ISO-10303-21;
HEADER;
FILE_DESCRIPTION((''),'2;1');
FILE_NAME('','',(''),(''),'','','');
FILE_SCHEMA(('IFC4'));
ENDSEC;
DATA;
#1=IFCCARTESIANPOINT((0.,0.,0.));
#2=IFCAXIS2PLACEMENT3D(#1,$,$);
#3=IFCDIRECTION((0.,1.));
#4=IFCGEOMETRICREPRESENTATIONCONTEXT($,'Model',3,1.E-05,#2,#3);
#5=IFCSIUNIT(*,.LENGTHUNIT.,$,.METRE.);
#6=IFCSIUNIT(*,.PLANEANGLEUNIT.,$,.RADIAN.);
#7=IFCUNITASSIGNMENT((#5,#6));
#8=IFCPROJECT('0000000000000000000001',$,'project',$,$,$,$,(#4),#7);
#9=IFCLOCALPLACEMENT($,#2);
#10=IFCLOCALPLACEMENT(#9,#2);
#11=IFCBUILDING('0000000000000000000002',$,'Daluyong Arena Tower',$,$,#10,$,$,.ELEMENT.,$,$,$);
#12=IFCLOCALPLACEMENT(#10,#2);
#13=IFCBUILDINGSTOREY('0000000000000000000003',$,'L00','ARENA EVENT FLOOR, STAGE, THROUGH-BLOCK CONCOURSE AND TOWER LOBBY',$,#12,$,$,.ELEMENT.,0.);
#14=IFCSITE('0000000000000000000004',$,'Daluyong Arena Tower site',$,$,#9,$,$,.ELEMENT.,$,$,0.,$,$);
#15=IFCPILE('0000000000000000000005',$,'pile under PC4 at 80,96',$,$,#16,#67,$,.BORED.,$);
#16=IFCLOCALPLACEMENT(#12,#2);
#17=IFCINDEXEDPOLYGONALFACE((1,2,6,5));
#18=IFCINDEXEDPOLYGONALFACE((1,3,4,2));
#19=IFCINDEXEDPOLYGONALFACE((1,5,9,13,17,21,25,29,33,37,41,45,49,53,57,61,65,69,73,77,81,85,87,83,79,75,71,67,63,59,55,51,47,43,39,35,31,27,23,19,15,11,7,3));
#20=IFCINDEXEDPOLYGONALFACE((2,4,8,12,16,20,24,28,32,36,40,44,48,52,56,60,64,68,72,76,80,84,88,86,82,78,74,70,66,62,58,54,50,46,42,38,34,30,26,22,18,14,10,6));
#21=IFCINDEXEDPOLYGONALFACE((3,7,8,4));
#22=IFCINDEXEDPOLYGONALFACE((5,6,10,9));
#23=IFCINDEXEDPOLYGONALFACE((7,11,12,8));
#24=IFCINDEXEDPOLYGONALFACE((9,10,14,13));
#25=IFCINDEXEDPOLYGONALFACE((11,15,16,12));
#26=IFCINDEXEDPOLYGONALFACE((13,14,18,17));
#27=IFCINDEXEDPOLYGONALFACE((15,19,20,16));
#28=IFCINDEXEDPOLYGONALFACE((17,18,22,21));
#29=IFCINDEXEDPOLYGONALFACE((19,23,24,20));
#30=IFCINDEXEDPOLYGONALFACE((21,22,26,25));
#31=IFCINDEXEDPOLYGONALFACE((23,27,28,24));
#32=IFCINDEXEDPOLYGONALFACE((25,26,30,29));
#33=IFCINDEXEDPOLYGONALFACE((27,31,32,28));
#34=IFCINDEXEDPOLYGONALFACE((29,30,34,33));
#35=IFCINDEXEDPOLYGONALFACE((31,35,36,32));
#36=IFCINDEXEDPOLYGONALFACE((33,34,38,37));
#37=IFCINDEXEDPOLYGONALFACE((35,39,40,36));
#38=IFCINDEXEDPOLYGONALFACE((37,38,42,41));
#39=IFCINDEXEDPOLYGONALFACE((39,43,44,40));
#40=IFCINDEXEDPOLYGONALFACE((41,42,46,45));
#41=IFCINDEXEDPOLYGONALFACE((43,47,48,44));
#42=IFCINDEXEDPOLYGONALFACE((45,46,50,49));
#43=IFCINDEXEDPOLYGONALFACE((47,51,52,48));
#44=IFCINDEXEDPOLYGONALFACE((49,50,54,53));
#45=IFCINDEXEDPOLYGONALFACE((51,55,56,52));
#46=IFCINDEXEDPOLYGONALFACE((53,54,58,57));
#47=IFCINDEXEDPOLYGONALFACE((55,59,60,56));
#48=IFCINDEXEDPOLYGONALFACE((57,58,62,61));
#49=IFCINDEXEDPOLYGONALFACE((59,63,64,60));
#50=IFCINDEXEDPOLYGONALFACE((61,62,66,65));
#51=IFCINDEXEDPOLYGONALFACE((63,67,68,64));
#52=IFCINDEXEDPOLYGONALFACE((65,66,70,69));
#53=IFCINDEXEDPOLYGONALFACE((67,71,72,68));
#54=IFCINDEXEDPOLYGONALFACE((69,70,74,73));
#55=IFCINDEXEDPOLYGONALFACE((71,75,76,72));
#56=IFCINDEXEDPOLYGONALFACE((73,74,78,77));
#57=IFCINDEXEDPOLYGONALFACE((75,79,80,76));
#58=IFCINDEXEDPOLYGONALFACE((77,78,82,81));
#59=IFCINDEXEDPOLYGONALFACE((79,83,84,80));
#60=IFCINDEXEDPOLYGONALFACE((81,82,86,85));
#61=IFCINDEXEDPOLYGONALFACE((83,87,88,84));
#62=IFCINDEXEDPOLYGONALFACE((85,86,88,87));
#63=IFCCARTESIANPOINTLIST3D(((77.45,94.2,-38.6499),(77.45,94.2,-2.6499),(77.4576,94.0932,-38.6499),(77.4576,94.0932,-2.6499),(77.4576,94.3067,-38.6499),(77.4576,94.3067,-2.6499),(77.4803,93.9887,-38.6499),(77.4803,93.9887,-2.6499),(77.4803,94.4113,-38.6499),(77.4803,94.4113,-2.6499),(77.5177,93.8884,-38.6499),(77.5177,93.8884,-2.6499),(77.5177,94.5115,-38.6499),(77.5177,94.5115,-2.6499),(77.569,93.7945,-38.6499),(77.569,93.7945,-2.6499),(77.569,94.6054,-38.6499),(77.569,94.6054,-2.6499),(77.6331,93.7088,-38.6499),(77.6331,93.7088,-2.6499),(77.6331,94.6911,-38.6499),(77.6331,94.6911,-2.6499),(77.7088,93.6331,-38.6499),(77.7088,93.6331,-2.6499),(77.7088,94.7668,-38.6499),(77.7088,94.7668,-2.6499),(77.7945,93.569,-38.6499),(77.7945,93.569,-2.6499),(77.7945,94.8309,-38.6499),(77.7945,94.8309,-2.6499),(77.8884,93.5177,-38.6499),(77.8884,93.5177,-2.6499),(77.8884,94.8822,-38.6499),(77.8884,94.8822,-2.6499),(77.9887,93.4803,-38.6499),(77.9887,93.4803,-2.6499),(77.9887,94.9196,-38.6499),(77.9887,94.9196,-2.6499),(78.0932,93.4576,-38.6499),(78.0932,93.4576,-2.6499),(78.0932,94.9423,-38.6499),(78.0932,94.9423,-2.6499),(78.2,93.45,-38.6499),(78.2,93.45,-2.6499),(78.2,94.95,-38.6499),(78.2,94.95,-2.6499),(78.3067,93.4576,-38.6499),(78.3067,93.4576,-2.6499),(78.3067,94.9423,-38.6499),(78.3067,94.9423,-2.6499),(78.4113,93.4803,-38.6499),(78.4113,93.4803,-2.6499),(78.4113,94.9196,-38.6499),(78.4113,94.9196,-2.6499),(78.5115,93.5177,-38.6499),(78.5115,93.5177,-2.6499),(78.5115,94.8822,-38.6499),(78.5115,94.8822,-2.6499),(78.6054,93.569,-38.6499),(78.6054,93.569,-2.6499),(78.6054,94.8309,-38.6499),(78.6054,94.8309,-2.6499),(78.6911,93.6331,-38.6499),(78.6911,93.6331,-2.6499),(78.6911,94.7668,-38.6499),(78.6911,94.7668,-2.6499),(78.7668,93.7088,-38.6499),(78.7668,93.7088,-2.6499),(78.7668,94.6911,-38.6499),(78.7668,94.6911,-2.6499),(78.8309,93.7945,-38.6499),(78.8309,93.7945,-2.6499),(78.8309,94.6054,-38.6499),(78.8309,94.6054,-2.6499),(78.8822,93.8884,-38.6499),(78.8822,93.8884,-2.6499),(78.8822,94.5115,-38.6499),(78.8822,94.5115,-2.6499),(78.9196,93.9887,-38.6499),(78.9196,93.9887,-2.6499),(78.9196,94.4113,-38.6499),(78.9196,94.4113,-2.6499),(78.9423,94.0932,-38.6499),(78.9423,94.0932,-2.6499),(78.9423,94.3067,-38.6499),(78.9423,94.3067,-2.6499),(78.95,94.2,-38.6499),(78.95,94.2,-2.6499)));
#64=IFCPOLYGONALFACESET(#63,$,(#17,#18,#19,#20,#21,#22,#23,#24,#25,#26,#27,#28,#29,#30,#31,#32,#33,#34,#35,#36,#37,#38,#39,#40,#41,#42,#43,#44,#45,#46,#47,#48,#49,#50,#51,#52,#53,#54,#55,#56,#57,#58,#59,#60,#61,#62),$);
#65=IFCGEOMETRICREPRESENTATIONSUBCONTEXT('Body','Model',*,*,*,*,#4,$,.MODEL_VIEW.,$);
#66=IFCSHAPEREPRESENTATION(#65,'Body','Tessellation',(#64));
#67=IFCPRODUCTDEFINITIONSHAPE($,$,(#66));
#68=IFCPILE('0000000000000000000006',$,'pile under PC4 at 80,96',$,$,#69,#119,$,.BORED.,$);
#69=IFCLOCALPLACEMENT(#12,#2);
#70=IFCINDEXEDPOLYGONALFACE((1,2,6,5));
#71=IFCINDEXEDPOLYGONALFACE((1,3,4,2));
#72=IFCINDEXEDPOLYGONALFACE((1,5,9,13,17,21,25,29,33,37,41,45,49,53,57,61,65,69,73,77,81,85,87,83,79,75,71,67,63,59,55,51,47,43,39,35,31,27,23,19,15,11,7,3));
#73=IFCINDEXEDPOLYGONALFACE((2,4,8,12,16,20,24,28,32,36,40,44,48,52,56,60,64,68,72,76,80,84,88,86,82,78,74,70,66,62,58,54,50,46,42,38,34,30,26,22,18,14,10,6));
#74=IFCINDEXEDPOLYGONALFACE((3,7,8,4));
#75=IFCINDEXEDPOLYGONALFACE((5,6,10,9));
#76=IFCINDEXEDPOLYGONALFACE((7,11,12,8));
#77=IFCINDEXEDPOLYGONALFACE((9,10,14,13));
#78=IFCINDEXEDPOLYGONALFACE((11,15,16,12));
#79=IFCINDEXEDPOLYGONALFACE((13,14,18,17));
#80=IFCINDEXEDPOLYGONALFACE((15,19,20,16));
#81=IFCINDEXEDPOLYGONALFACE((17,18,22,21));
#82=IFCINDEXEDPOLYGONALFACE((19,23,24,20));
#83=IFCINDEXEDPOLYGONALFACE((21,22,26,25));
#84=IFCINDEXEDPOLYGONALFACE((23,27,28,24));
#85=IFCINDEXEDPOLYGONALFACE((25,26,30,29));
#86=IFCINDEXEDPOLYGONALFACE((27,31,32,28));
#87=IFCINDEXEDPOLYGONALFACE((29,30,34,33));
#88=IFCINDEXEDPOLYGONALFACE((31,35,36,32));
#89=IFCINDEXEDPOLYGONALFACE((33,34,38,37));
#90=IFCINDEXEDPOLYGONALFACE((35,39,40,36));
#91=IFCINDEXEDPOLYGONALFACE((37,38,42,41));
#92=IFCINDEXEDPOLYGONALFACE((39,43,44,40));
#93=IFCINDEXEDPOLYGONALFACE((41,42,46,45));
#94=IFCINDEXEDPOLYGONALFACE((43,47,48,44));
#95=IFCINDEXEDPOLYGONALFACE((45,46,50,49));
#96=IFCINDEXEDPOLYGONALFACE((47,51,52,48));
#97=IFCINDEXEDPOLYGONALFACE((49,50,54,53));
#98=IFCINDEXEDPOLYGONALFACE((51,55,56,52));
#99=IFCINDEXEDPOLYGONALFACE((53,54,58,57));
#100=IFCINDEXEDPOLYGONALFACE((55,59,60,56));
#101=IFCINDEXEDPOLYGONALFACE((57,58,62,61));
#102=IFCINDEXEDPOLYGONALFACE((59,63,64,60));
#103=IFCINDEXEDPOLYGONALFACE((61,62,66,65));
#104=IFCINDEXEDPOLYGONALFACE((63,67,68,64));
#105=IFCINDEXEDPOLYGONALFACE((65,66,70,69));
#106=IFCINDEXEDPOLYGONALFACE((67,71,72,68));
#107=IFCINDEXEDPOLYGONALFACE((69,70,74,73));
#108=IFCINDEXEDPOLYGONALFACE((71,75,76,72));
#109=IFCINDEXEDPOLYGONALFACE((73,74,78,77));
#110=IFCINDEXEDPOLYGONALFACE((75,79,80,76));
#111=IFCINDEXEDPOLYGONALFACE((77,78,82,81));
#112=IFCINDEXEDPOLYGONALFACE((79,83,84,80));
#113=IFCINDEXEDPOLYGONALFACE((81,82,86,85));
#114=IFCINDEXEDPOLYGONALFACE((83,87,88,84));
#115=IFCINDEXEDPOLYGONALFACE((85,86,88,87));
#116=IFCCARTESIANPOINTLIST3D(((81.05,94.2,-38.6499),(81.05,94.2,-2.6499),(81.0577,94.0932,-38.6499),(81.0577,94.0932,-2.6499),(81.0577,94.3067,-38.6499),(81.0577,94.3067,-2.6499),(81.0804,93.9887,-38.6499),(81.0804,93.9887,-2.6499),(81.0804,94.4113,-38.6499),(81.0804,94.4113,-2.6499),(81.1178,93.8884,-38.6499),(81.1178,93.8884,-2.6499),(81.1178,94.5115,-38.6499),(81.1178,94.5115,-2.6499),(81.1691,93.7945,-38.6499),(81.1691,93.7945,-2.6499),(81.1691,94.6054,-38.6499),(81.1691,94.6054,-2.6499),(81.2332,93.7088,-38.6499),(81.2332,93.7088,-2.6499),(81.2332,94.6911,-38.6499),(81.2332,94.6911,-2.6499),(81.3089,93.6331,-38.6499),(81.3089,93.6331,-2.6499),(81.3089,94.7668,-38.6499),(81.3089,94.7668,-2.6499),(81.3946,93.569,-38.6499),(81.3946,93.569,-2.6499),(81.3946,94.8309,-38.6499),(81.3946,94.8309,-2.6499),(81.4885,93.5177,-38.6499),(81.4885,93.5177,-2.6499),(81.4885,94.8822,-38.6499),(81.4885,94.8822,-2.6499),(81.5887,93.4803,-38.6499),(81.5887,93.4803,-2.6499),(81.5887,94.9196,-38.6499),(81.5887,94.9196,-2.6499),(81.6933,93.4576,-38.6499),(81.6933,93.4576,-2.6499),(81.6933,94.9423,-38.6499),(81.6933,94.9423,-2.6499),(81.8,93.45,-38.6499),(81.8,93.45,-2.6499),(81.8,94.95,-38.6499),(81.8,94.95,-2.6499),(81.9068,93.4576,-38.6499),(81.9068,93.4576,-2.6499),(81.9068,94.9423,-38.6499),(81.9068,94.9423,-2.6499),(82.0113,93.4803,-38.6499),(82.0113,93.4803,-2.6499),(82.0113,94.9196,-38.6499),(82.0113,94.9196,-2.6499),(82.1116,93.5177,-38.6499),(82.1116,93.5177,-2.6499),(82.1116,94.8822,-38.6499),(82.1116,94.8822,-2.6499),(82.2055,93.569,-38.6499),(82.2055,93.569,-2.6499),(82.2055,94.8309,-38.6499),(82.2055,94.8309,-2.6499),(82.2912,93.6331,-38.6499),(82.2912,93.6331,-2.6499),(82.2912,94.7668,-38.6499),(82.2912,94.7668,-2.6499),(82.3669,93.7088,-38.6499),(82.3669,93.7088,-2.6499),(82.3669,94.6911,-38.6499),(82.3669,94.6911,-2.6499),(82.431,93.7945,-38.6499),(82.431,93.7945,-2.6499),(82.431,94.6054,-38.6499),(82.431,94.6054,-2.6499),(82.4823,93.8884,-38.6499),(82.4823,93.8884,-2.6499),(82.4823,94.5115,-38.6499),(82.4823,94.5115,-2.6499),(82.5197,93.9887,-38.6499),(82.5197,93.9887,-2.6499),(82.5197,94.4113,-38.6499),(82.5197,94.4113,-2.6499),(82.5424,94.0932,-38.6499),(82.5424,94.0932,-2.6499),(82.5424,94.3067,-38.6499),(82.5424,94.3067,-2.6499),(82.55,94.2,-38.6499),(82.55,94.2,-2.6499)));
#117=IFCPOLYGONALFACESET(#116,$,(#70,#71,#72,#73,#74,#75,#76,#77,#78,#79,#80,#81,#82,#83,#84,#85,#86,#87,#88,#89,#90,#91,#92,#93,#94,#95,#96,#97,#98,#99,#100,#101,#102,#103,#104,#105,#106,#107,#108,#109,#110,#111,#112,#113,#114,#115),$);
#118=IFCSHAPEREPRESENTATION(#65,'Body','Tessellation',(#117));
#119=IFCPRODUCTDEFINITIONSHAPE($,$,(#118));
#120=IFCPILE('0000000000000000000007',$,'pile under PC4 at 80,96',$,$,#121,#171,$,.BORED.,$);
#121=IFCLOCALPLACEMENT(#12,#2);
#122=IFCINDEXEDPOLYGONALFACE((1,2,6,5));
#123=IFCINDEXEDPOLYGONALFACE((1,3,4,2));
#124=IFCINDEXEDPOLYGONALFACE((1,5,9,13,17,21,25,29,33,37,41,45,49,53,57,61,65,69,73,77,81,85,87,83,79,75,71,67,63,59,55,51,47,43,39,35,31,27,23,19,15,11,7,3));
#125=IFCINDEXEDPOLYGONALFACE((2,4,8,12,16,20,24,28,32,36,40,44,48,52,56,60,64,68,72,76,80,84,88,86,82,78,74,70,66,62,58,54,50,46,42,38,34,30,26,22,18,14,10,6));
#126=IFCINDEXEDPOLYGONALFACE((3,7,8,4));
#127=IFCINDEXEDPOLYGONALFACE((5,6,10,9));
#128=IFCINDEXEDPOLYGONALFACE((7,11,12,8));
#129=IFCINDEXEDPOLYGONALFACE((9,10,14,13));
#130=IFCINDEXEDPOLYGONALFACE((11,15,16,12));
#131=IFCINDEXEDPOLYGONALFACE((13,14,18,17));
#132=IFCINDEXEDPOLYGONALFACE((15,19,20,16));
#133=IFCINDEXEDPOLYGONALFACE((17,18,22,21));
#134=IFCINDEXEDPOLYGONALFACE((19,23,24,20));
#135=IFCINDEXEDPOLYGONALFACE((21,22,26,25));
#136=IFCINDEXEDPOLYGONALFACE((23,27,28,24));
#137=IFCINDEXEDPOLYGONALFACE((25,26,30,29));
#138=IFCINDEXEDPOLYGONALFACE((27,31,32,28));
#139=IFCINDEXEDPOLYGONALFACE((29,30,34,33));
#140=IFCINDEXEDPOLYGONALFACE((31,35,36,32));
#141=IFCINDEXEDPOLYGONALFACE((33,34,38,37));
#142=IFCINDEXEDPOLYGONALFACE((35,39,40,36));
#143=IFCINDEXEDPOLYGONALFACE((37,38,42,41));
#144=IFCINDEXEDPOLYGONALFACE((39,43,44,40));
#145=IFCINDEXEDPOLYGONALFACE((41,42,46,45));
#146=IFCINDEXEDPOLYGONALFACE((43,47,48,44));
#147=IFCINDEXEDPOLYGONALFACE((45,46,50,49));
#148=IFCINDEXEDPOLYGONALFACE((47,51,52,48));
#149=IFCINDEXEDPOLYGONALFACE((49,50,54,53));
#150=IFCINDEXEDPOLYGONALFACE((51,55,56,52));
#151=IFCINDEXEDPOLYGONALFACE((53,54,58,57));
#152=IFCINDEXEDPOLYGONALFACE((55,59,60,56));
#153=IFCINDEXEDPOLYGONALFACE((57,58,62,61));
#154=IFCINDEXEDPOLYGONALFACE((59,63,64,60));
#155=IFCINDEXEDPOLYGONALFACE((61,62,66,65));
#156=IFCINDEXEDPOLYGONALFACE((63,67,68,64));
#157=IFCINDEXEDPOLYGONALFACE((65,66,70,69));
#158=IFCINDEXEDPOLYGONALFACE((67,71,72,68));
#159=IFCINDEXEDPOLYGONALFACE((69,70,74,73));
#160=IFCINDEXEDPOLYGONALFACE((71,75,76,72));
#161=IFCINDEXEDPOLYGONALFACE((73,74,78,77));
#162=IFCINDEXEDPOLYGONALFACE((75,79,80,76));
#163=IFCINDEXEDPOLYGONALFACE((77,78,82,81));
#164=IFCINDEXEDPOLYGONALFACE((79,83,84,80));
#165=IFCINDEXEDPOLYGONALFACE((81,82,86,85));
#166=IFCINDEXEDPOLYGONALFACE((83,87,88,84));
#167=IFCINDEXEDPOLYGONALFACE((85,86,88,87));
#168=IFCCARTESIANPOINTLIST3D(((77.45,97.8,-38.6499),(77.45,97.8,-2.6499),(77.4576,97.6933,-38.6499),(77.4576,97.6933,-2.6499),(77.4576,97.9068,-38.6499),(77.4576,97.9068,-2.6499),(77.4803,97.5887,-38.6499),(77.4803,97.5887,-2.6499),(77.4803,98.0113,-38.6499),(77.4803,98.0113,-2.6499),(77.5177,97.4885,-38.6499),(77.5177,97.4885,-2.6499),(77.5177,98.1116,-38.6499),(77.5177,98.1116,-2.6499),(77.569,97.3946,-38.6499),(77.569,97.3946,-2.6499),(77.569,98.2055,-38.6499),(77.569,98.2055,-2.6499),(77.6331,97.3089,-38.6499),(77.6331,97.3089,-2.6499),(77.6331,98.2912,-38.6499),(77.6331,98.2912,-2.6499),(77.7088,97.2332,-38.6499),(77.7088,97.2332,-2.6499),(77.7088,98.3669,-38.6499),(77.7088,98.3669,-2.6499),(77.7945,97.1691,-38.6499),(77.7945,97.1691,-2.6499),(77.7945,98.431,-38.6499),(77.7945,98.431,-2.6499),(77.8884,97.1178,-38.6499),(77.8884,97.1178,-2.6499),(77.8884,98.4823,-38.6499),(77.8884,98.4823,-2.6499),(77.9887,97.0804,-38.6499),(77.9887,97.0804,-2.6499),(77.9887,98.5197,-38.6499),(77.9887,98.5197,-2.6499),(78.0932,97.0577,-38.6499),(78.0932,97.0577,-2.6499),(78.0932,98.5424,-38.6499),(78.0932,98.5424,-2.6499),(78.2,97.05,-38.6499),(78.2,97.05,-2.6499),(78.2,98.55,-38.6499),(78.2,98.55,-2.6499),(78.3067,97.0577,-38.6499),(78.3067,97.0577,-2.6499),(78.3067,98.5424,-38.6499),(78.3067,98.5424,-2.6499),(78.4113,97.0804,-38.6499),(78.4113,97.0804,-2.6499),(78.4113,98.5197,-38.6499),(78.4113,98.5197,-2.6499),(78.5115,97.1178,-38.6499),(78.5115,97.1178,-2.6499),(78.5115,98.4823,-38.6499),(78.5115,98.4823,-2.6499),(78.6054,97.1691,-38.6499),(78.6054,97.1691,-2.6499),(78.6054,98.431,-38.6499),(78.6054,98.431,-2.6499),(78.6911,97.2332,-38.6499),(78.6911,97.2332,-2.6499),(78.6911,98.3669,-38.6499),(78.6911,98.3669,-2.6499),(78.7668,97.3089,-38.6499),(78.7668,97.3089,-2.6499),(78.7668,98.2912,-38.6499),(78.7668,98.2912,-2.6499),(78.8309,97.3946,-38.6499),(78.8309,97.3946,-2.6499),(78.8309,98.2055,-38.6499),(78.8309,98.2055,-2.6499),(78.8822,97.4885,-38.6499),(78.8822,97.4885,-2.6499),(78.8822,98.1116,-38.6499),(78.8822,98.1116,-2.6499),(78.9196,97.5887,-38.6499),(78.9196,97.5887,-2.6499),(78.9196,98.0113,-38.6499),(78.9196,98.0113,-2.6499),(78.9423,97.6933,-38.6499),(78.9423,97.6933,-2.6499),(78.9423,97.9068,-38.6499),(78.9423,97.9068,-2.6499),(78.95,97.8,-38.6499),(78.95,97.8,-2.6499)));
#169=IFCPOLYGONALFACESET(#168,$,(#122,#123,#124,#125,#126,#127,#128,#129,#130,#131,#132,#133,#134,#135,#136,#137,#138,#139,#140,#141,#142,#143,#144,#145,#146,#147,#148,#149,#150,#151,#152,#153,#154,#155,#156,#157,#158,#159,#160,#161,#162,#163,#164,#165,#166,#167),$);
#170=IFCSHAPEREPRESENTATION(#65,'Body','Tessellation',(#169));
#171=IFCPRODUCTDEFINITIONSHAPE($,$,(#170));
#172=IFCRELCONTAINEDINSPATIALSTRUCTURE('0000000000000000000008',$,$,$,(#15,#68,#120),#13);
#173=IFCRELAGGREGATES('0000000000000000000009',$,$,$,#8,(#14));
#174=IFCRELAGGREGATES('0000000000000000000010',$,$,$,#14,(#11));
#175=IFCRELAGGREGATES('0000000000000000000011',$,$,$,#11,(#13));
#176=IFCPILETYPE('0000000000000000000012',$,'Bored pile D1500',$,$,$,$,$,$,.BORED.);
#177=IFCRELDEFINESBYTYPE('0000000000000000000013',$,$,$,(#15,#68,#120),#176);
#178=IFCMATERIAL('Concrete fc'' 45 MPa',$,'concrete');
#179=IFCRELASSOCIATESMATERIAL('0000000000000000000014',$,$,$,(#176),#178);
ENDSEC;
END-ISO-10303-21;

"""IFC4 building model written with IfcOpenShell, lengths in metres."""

from ifc_helpers import new_model, si_unit, direction, frame, origin, origin_2d, place, context, subcontext, project, spatial, circle, extrude, material, type_object, element, save


model = new_model("IFC4")

# Units and contexts
model_context = context("Model", 3, precision=1e-05, world=origin(), true_north=direction((0.0, 1.0)))
body_context = subcontext(model_context, "Body", "Model", "MODEL_VIEW")
ifc_project = project(units=[si_unit("LENGTHUNIT", "METRE"), si_unit("PLANEANGLEUNIT", "RADIAN")], contexts=[model_context])

# Site, building, storey
site_placement = place(None, origin())
site = spatial("IfcSite", under=ifc_project, at=site_placement, Name="Daluyong Arena Tower site", CompositionType="ELEMENT", RefElevation=0.0)
building_placement = place(site_placement, origin())
building = spatial("IfcBuilding", under=site, at=building_placement, Name="Daluyong Arena Tower", CompositionType="ELEMENT")
storey_placement = place(building_placement, origin())
storey = spatial("IfcBuildingStorey", under=building, at=storey_placement, Name="L00", Description="ARENA EVENT FLOOR, STAGE, THROUGH-BLOCK CONCOURSE AND TOWER LOBBY", CompositionType="ELEMENT", Elevation=0.0)

# Piles
ifc_material_1 = material(Name="Concrete fc' 45 MPa", Category="concrete")
pile_type_1 = type_object("IfcPileType", Name="Bored pile D1500", PredefinedType="BORED", material=ifc_material_1)
for number, where, z_axis, x_axis, name in (
    (1, (78.2, 94.2, -2.6499), (0.0, 0.0, -1.0), (1.0, 0.0, 0.0), "pile under PC4 at 80,96"),
    (2, (81.8, 94.2, -2.6499), (0.0, 0.0, -1.0), (1.0, 0.0, 0.0), "pile under PC4 at 80,96"),
    (3, (78.2, 97.8, -2.6499), (0.0, 0.0, -1.0), (1.0, 0.0, 0.0), "pile under PC4 at 80,96"),
):
    element("IfcPile", number, at=place(storey_placement, frame(where, z_axis=z_axis, x_axis=x_axis)), inside=storey, type_object=pile_type_1, Name=name, PredefinedType="BORED", context=body_context, shape_type="SweptSolid", body=[
        extrude(circle(Radius=0.75, at=origin_2d()), origin(), (0.0, 0.0, 1.0), 36.0),
    ])

save(model, "model.ifc")
